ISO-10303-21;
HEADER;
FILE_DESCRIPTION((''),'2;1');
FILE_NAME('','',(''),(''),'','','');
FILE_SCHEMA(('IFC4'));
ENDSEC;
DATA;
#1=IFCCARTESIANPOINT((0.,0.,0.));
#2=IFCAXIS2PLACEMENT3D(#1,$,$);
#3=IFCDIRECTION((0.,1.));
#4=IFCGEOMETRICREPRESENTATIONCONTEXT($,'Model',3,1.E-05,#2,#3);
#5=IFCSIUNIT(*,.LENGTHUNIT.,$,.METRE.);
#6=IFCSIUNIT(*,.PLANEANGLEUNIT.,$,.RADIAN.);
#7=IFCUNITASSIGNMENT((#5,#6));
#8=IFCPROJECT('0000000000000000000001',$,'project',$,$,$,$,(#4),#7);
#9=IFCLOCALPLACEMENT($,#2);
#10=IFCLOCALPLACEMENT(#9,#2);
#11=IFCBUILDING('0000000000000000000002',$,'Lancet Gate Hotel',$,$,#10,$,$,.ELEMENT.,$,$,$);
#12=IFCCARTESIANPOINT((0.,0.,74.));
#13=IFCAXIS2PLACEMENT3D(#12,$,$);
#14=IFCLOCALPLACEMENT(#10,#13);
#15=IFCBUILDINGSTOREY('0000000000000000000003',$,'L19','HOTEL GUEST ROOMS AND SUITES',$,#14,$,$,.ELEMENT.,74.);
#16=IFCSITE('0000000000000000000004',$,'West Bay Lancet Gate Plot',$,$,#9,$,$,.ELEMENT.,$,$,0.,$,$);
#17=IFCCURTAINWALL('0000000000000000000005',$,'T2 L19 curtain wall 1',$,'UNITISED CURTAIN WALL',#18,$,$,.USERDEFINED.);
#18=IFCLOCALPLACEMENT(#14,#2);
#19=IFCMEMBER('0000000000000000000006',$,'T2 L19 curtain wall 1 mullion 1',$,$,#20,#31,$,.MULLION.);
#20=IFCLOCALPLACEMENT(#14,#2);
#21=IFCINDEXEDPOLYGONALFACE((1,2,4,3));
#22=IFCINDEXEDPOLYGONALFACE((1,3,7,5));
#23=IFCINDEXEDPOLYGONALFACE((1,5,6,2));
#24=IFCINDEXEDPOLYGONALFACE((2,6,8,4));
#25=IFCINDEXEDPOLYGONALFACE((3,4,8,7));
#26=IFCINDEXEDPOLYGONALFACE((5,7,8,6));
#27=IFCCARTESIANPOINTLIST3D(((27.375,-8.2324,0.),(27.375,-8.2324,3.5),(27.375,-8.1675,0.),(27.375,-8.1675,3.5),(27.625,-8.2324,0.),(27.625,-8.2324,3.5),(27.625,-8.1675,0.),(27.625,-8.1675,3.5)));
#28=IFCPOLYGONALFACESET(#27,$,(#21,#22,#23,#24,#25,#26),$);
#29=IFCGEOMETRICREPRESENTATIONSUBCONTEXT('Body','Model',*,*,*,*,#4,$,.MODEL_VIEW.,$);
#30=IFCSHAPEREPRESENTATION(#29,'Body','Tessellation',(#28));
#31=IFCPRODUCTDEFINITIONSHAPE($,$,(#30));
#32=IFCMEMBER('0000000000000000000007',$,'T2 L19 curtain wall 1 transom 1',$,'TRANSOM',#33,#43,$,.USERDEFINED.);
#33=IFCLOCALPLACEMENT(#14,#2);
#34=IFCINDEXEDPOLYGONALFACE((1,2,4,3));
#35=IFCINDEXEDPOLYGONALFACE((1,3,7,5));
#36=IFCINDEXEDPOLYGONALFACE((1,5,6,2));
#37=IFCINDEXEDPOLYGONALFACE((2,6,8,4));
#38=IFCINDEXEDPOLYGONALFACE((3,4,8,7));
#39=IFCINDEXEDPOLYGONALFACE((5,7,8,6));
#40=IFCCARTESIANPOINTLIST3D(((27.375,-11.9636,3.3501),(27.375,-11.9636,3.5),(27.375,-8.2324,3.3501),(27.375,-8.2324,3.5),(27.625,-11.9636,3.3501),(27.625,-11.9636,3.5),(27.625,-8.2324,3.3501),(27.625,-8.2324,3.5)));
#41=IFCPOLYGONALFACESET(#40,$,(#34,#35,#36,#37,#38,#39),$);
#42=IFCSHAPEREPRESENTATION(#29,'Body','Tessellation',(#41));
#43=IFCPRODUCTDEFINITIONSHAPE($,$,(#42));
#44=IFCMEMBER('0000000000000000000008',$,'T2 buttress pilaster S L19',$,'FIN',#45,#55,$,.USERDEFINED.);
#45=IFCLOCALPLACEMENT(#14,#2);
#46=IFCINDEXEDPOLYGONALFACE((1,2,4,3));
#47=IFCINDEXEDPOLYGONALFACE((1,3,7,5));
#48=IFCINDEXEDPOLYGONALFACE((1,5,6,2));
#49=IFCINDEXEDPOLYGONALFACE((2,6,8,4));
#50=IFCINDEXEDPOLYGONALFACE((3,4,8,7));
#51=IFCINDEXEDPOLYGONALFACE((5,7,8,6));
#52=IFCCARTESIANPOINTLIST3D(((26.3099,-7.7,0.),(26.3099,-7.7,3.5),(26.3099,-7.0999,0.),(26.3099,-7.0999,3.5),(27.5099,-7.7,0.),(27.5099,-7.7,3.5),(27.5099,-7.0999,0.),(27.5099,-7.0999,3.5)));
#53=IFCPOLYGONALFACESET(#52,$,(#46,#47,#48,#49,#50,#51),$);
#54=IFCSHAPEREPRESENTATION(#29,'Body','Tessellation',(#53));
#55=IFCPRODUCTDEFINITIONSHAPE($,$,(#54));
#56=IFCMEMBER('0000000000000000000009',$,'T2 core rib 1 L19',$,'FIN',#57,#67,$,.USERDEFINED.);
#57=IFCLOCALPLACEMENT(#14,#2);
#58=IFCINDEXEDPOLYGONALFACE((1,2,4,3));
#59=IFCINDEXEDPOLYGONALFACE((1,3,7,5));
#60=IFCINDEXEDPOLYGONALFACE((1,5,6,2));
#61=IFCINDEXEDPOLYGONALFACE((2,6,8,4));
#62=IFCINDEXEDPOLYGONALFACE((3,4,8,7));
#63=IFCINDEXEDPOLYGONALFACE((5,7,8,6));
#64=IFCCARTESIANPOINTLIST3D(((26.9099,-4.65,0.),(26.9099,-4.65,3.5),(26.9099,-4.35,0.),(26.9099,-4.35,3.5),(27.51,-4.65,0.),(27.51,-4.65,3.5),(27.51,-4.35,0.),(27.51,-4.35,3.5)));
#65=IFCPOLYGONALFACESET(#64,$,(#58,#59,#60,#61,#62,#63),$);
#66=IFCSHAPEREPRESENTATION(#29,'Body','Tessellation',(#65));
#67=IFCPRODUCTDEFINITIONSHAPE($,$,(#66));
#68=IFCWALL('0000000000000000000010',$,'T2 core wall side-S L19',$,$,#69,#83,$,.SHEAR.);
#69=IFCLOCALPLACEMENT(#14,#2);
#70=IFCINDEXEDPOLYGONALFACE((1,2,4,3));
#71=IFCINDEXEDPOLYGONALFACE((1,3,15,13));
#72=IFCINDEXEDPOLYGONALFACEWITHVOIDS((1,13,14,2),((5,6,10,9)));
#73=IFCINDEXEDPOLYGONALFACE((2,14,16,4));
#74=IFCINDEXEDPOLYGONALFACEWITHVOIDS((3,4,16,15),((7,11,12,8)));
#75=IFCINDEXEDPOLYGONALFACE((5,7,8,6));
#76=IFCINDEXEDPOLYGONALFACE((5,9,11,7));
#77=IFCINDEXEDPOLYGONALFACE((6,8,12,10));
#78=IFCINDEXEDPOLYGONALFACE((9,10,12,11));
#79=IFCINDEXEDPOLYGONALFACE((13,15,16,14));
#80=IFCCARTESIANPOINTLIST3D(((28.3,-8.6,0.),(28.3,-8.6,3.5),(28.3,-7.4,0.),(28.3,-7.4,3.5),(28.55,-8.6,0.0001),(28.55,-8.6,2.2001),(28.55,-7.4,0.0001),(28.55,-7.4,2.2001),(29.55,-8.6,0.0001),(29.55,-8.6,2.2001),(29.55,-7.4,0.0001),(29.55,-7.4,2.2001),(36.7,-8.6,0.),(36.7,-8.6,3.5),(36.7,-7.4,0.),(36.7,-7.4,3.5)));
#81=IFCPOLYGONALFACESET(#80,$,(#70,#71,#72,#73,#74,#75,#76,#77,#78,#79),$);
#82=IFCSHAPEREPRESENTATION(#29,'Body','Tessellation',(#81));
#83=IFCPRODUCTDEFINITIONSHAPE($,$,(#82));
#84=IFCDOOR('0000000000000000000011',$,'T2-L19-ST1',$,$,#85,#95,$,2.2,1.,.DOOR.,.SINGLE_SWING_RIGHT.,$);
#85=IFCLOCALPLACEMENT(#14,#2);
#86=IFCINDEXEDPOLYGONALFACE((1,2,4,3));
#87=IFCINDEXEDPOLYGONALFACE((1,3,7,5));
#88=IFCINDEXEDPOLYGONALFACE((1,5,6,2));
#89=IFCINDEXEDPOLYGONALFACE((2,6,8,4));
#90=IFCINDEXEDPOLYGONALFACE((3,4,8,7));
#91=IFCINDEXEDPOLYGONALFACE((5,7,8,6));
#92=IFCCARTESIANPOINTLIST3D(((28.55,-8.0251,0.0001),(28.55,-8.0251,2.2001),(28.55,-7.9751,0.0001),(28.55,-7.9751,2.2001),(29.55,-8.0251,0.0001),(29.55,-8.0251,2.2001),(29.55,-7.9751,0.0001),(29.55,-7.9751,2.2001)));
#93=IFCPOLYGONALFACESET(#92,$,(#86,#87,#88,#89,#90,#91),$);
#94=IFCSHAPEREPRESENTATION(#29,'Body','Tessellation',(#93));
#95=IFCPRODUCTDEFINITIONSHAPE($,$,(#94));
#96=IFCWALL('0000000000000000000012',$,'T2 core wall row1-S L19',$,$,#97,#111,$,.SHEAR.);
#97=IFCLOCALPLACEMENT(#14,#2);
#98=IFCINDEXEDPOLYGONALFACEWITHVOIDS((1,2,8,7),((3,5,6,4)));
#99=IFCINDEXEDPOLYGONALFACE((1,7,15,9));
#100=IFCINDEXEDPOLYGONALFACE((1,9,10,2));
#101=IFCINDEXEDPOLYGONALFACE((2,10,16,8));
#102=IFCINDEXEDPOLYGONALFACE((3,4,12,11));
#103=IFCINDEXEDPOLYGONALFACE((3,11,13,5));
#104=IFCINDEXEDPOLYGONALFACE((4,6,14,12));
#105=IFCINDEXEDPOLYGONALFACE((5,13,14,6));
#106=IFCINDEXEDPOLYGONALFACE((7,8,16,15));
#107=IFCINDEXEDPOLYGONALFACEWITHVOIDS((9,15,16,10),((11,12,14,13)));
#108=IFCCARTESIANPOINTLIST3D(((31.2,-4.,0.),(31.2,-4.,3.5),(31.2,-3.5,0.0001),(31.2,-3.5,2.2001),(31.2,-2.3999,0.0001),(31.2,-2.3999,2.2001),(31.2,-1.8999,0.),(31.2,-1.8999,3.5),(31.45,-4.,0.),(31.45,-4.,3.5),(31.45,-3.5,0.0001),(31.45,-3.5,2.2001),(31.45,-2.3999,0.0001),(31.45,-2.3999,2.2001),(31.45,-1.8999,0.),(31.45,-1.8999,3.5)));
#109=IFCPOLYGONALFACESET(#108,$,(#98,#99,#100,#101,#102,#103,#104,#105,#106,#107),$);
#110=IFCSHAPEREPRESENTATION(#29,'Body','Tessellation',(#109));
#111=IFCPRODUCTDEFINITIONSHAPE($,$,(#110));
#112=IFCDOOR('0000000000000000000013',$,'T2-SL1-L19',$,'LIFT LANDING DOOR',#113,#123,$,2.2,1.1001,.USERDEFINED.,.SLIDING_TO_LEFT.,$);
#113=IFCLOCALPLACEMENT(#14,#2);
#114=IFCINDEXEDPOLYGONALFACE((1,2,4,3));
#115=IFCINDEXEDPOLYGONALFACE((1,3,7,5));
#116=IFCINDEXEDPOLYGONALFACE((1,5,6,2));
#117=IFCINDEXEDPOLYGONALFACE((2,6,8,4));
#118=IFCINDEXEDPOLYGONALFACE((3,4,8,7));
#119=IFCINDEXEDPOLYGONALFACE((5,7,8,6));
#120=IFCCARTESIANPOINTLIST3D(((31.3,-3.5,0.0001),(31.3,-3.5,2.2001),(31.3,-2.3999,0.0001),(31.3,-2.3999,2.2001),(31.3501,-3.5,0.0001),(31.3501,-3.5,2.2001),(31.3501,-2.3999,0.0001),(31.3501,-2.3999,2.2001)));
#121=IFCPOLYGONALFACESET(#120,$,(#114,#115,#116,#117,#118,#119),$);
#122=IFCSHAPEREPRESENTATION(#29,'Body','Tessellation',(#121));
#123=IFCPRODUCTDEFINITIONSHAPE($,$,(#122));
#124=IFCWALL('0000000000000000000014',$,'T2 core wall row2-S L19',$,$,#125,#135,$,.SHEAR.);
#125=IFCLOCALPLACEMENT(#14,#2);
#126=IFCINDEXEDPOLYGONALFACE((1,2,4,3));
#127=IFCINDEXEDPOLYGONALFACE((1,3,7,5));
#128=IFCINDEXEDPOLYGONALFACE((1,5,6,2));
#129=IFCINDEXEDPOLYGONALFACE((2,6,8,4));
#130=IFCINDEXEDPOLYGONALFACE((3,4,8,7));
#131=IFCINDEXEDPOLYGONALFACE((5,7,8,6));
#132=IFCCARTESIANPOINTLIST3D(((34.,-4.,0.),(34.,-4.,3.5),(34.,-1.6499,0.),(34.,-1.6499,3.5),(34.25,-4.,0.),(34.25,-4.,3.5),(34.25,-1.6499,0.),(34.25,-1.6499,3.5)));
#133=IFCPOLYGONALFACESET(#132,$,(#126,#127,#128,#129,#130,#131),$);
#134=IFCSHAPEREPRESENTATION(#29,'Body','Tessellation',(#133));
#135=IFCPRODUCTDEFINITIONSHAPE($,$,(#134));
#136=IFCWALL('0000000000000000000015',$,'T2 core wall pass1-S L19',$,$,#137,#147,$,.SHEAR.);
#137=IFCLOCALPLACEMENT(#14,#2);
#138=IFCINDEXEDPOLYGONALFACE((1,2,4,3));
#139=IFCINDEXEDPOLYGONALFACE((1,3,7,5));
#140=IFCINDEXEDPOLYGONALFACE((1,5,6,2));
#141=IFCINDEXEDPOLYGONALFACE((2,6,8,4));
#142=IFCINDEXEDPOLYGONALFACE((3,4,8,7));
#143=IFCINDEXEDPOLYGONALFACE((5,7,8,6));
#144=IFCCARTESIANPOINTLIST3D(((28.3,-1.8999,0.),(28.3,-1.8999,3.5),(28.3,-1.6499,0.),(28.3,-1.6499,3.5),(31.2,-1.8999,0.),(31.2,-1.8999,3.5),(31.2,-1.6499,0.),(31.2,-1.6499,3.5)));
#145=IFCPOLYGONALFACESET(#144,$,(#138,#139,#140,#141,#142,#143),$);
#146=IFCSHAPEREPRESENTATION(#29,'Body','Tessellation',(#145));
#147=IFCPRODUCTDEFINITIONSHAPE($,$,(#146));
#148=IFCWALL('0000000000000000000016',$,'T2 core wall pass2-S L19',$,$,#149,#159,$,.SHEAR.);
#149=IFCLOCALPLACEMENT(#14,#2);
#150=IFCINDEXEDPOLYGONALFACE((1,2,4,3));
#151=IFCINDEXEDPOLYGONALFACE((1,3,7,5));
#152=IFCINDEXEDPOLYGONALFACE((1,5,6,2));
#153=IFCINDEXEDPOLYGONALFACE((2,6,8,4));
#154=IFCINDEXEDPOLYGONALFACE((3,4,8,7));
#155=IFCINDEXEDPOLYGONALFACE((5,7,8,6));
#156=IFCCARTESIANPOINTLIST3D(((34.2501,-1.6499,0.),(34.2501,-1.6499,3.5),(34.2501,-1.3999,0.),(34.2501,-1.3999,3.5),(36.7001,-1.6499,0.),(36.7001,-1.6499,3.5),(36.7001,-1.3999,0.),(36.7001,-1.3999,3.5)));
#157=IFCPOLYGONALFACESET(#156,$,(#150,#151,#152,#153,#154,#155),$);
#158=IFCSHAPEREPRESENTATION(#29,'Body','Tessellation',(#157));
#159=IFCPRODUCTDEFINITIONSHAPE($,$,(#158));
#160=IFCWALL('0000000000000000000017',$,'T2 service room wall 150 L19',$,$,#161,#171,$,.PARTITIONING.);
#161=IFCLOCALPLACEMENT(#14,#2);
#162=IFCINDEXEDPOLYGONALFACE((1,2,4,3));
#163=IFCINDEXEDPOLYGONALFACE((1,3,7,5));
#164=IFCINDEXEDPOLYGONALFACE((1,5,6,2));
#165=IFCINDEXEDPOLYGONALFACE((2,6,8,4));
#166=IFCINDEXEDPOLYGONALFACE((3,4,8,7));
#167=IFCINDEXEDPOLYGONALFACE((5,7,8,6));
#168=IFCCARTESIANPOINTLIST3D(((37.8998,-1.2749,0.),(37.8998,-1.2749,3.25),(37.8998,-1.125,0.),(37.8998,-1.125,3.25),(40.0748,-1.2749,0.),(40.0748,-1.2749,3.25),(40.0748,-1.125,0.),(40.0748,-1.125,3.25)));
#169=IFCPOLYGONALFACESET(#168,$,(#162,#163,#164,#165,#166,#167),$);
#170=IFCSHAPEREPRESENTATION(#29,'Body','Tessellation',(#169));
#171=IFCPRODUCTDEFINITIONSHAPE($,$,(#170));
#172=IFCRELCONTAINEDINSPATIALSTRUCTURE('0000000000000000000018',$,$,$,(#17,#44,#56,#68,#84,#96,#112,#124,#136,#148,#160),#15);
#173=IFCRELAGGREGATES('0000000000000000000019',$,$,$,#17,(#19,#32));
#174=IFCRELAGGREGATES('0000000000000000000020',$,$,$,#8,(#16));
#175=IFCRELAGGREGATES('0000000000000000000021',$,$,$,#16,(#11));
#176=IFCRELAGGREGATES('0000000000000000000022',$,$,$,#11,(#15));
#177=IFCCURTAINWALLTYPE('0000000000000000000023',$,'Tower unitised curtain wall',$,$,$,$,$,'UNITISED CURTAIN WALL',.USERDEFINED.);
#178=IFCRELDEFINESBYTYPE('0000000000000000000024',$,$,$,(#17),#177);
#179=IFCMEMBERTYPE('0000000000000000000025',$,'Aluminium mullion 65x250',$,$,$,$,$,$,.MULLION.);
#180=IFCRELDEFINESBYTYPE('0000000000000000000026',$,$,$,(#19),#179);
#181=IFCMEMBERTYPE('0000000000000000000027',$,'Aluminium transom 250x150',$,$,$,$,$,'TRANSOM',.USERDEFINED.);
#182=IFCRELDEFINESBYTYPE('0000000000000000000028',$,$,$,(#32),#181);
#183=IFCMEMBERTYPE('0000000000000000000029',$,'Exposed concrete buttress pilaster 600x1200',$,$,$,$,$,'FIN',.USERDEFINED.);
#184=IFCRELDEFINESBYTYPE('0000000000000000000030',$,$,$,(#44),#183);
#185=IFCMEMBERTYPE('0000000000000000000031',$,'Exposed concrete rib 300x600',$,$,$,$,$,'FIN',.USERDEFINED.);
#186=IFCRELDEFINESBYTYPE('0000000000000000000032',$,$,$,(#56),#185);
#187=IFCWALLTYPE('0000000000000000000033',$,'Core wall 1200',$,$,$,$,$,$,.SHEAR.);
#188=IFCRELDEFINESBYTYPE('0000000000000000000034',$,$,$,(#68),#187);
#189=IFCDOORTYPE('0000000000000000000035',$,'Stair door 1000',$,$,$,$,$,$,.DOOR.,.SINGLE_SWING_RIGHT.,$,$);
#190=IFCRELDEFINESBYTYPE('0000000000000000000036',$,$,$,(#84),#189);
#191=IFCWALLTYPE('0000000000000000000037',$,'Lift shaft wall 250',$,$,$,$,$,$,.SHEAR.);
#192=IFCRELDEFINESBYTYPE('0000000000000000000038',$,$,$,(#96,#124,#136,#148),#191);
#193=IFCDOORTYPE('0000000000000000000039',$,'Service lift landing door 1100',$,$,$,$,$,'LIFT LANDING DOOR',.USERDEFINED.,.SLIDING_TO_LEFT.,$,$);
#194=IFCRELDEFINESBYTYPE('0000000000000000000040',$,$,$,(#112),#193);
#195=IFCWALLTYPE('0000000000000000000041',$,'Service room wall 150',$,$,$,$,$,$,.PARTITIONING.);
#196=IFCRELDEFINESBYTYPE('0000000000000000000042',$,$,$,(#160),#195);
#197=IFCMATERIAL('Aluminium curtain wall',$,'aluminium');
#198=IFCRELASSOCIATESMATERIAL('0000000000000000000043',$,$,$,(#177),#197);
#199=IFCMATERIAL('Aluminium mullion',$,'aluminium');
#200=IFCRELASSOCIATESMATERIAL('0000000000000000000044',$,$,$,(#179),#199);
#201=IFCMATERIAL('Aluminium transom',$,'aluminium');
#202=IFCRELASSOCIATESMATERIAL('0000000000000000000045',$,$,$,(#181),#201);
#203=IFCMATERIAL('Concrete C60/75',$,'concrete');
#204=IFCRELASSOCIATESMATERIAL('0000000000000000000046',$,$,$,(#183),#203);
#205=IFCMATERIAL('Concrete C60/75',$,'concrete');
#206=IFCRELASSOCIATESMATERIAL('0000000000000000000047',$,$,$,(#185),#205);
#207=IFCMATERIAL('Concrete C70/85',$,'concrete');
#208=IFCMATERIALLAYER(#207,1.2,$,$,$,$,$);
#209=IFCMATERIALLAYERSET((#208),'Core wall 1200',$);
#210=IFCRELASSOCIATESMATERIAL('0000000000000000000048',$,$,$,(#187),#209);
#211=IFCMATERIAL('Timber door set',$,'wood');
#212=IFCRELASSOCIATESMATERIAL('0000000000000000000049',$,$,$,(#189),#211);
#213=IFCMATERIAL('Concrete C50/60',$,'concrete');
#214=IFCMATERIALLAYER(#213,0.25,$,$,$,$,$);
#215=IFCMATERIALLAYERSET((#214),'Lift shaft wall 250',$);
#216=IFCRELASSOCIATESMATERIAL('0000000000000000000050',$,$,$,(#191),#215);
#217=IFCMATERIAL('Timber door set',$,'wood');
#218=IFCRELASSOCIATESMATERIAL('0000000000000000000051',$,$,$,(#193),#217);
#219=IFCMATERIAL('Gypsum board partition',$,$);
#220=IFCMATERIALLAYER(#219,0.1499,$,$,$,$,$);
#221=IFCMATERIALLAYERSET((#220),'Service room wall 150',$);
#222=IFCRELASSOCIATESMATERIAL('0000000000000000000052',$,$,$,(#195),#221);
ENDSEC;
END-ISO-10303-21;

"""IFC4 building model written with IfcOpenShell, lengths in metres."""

from ifc_helpers import new_model, si_unit, direction, frame, frame_2d, origin, origin_2d, place, context, subcontext, project, spatial, rectangle, extrude, material, layer, layer_set, material_profile, profile_set, type_object, element, fill, aggregate, save


model = new_model("IFC4")

# Units and contexts
model_context = context("Model", 3, precision=1e-05, world=origin(), true_north=direction((0.0, 1.0)))
body_context = subcontext(model_context, "Body", "Model", "MODEL_VIEW")
ifc_project = project(units=[si_unit("LENGTHUNIT", "METRE"), si_unit("PLANEANGLEUNIT", "RADIAN")], contexts=[model_context])

# Site, building, storey
site_placement = place(None, origin())
site = spatial("IfcSite", under=ifc_project, at=site_placement, Name="West Bay Lancet Gate Plot", CompositionType="ELEMENT", RefElevation=0.0)
building_placement = place(site_placement, origin())
building = spatial("IfcBuilding", under=site, at=building_placement, Name="Lancet Gate Hotel", CompositionType="ELEMENT")
storey_placement = place(building_placement, frame((0.0, 0.0, 74.0)))
storey = spatial("IfcBuildingStorey", under=building, at=storey_placement, Name="L19", Description="HOTEL GUEST ROOMS AND SUITES", CompositionType="ELEMENT", Elevation=74.0)

# Curtain wall, members
ifc_material_1 = material(Name="Aluminium curtain wall", Category="aluminium")
curtain_wall_type = type_object("IfcCurtainWallType", Name="Tower unitised curtain wall", ElementType="UNITISED CURTAIN WALL", PredefinedType="USERDEFINED", material=ifc_material_1)
curtain_wall_placement = place(storey_placement, origin())
curtain_wall = element("IfcCurtainWall", 1, at=curtain_wall_placement, inside=storey, type_object=curtain_wall_type, Name="T2 L19 curtain wall 1", ObjectType="UNITISED CURTAIN WALL", PredefinedType="USERDEFINED")
ifc_material_2 = material(Name="Aluminium mullion", Category="aluminium")
ifc_material_profile_1 = material_profile(ifc_material_2, rectangle(XDim=0.0649, YDim=0.25, at=origin_2d()), Name="MULLION 65x250")
ifc_profile_set_1 = profile_set([ifc_material_profile_1], Name="Aluminium mullion")
member_type_1 = type_object("IfcMemberType", Name="Aluminium mullion 65x250", PredefinedType="MULLION", material=ifc_profile_set_1)
member_1_placement = place(storey_placement, frame((27.5, -8.2, 0.0), z_axis=(0.0, 0.0, 1.0), x_axis=(0.0, -1.0, 0.0)))
member_1 = element("IfcMember", 2, at=member_1_placement, type_object=member_type_1, Name="T2 L19 curtain wall 1 mullion 1", PredefinedType="MULLION", context=body_context, shape_type="SweptSolid", body=[
    extrude(rectangle(XDim=0.0649, YDim=0.25, at=origin_2d()), origin(), (0.0, 0.0, 1.0), 3.5),
])
ifc_material_3 = material(Name="Aluminium transom", Category="aluminium")
ifc_material_profile_2 = material_profile(ifc_material_3, rectangle(XDim=0.25, YDim=0.1499, at=origin_2d()), Name="TRANSOM 250x150")
ifc_profile_set_2 = profile_set([ifc_material_profile_2], Name="Aluminium transom")
member_type_2 = type_object("IfcMemberType", Name="Aluminium transom 250x150", ElementType="TRANSOM", PredefinedType="USERDEFINED", material=ifc_profile_set_2)
member_2_placement = place(storey_placement, frame((27.5, -8.2324, 3.425), z_axis=(0.0, -1.0, 0.0), x_axis=(1.0, 0.0, 0.0)))
member_2 = element("IfcMember", 3, at=member_2_placement, type_object=member_type_2, Name="T2 L19 curtain wall 1 transom 1", ObjectType="TRANSOM", PredefinedType="USERDEFINED", context=body_context, shape_type="SweptSolid", body=[
    extrude(rectangle(XDim=0.25, YDim=0.1499, at=origin_2d()), origin(), (0.0, 0.0, 1.0), 3.7312),
])
aggregate(curtain_wall, [member_1, member_2])

# Members
ifc_material_4 = material(Name="Concrete C60/75", Category="concrete")
ifc_material_profile_3 = material_profile(ifc_material_4, rectangle(XDim=0.6001, YDim=1.2, at=origin_2d()), Name="FIN 600x1200")
ifc_profile_set_3 = profile_set([ifc_material_profile_3], Name="Concrete C60/75")
member_type_3 = type_object("IfcMemberType", Name="Exposed concrete buttress pilaster 600x1200", ElementType="FIN", PredefinedType="USERDEFINED", material=ifc_profile_set_3)
member_3_placement = place(storey_placement, frame((26.9099, -7.3999, 0.0), z_axis=(0.0, 0.0, 1.0), x_axis=(0.0, 1.0, 0.0)))
element("IfcMember", 4, at=member_3_placement, inside=storey, type_object=member_type_3, Name="T2 buttress pilaster S L19", ObjectType="FIN", PredefinedType="USERDEFINED", context=body_context, shape_type="SweptSolid", body=[
    extrude(rectangle(XDim=0.6001, YDim=1.2, at=origin_2d()), origin(), (0.0, 0.0, 1.0), 3.5),
])
ifc_material_5 = material(Name="Concrete C60/75", Category="concrete")
ifc_material_profile_4 = material_profile(ifc_material_5, rectangle(XDim=0.3, YDim=0.6001, at=origin_2d()), Name="FIN 300x600")
ifc_profile_set_4 = profile_set([ifc_material_profile_4], Name="Concrete C60/75")
member_type_4 = type_object("IfcMemberType", Name="Exposed concrete rib 300x600", ElementType="FIN", PredefinedType="USERDEFINED", material=ifc_profile_set_4)
member_4_placement = place(storey_placement, frame((27.21, -4.5, 0.0), z_axis=(0.0, 0.0, 1.0), x_axis=(0.0, 1.0, 0.0)))
element("IfcMember", 5, at=member_4_placement, inside=storey, type_object=member_type_4, Name="T2 core rib 1 L19", ObjectType="FIN", PredefinedType="USERDEFINED", context=body_context, shape_type="SweptSolid", body=[
    extrude(rectangle(XDim=0.3, YDim=0.6001, at=origin_2d()), origin(), (0.0, 0.0, 1.0), 3.5),
])

# Walls, openings, doors
ifc_material_6 = material(Name="Concrete C70/85", Category="concrete")
ifc_layer_1 = layer(ifc_material_6, 1.2)
ifc_layer_set_1 = layer_set([ifc_layer_1], Name="Core wall 1200")
wall_type_1 = type_object("IfcWallType", Name="Core wall 1200", PredefinedType="SHEAR", material=ifc_layer_set_1)
wall_1_placement = place(storey_placement, frame((28.3, -8.0, 0.0), z_axis=(0.0, 0.0, 1.0), x_axis=(1.0, 0.0, 0.0)))
wall_1 = element("IfcWall", 6, at=wall_1_placement, inside=storey, type_object=wall_type_1, Name="T2 core wall side-S L19", PredefinedType="SHEAR", context=body_context, shape_type="SweptSolid", body=[
    extrude(rectangle(XDim=8.3999, YDim=1.2, at=frame_2d((4.2, 0.0))), origin(), (0.0, 0.0, 1.0), 3.5),
])
opening_1_placement = place(wall_1_placement, frame((0.25, 0.0, 0.0)))
opening_1 = element("IfcOpeningElement", 7, at=opening_1_placement, cuts=wall_1, PredefinedType="OPENING", context=body_context, shape_type="SweptSolid", body=[
    extrude(rectangle(XDim=1.0, YDim=2.2, at=frame_2d((0.5, 1.1001))), frame((0.0, 0.6099, 0.0), z_axis=(0.0, -1.0, 0.0), x_axis=(1.0, 0.0, 0.0)), (0.0, 0.0, 1.0), 1.22),
])
ifc_material_7 = material(Name="Timber door set", Category="wood")
door_type_1 = type_object("IfcDoorType", Name="Stair door 1000", OperationType="SINGLE_SWING_RIGHT", PredefinedType="DOOR", material=ifc_material_7)
door_1_placement = place(opening_1_placement, origin())
door_1 = element("IfcDoor", 8, at=door_1_placement, inside=storey, type_object=door_type_1, Name="T2-L19-ST1", OperationType="SINGLE_SWING_RIGHT", OverallHeight=2.2, OverallWidth=1.0, PredefinedType="DOOR", context=body_context, shape_type="SweptSolid", body=[
    extrude(rectangle(XDim=1.0, YDim=2.2, at=frame_2d((0.5, 1.1001))), frame((0.0, 0.0249, 0.0), z_axis=(0.0, -1.0, 0.0), x_axis=(1.0, 0.0, 0.0)), (0.0, 0.0, 1.0), 0.05),
])
fill(opening_1, door_1)
ifc_material_8 = material(Name="Concrete C50/60", Category="concrete")
ifc_layer_2 = layer(ifc_material_8, 0.25)
ifc_layer_set_2 = layer_set([ifc_layer_2], Name="Lift shaft wall 250")
wall_type_2 = type_object("IfcWallType", Name="Lift shaft wall 250", PredefinedType="SHEAR", material=ifc_layer_set_2)
wall_2_placement = place(storey_placement, frame((31.325, -4.0, 0.0), z_axis=(0.0, 0.0, 1.0), x_axis=(0.0, 1.0, 0.0)))
wall_2 = element("IfcWall", 9, at=wall_2_placement, inside=storey, type_object=wall_type_2, Name="T2 core wall row1-S L19", PredefinedType="SHEAR", context=body_context, shape_type="SweptSolid", body=[
    extrude(rectangle(XDim=2.1001, YDim=0.25, at=frame_2d((1.05, 0.0))), origin(), (0.0, 0.0, 1.0), 3.5),
])
opening_2_placement = place(wall_2_placement, frame((0.5, 0.0, 0.0)))
opening_2 = element("IfcOpeningElement", 10, at=opening_2_placement, cuts=wall_2, PredefinedType="OPENING", context=body_context, shape_type="SweptSolid", body=[
    extrude(rectangle(XDim=1.1001, YDim=2.2, at=frame_2d((0.55, 1.1001))), frame((0.0, 0.135, 0.0), z_axis=(0.0, -1.0, 0.0), x_axis=(1.0, 0.0, 0.0)), (0.0, 0.0, 1.0), 0.27),
])
ifc_material_9 = material(Name="Timber door set", Category="wood")
door_type_2 = type_object("IfcDoorType", Name="Service lift landing door 1100", ElementType="LIFT LANDING DOOR", OperationType="SLIDING_TO_LEFT", PredefinedType="USERDEFINED", material=ifc_material_9)
door_2_placement = place(opening_2_placement, origin())
door_2 = element("IfcDoor", 11, at=door_2_placement, inside=storey, type_object=door_type_2, Name="T2-SL1-L19", ObjectType="LIFT LANDING DOOR", OperationType="SLIDING_TO_LEFT", OverallHeight=2.2, OverallWidth=1.1001, PredefinedType="USERDEFINED", context=body_context, shape_type="SweptSolid", body=[
    extrude(rectangle(XDim=1.1001, YDim=2.2, at=frame_2d((0.55, 1.1001))), frame((0.0, 0.0249, 0.0), z_axis=(0.0, -1.0, 0.0), x_axis=(1.0, 0.0, 0.0)), (0.0, 0.0, 1.0), 0.05),
])
fill(opening_2, door_2)

# Walls
wall_3_placement = place(storey_placement, frame((34.125, -4.0, 0.0), z_axis=(0.0, 0.0, 1.0), x_axis=(0.0, 1.0, 0.0)))
element("IfcWall", 12, at=wall_3_placement, inside=storey, type_object=wall_type_2, Name="T2 core wall row2-S L19", PredefinedType="SHEAR", context=body_context, shape_type="SweptSolid", body=[
    extrude(rectangle(XDim=2.3501, YDim=0.25, at=frame_2d((1.175, 0.0))), origin(), (0.0, 0.0, 1.0), 3.5),
])
wall_4_placement = place(storey_placement, frame((28.3, -1.7749, 0.0), z_axis=(0.0, 0.0, 1.0), x_axis=(1.0, 0.0, 0.0)))
element("IfcWall", 13, at=wall_4_placement, inside=storey, type_object=wall_type_2, Name="T2 core wall pass1-S L19", PredefinedType="SHEAR", context=body_context, shape_type="SweptSolid", body=[
    extrude(rectangle(XDim=2.8999, YDim=0.25, at=frame_2d((1.45, 0.0))), origin(), (0.0, 0.0, 1.0), 3.5),
])
wall_5_placement = place(storey_placement, frame((34.25, -1.5249, 0.0), z_axis=(0.0, 0.0, 1.0), x_axis=(1.0, 0.0, 0.0)))
element("IfcWall", 14, at=wall_5_placement, inside=storey, type_object=wall_type_2, Name="T2 core wall pass2-S L19", PredefinedType="SHEAR", context=body_context, shape_type="SweptSolid", body=[
    extrude(rectangle(XDim=2.45, YDim=0.25, at=frame_2d((1.2251, 0.0))), origin(), (0.0, 0.0, 1.0), 3.5),
])
ifc_material_10 = material(Name="Gypsum board partition")
ifc_layer_3 = layer(ifc_material_10, 0.1499)
ifc_layer_set_3 = layer_set([ifc_layer_3], Name="Service room wall 150")
wall_type_3 = type_object("IfcWallType", Name="Service room wall 150", PredefinedType="PARTITIONING", material=ifc_layer_set_3)
for number, where, z_axis, x_axis, name in (
    (15, (37.8999, -1.2, 0.0), (0.0, 0.0, 1.0), (1.0, 0.0, 0.0), "T2 service room wall 150 L19"),
):
    element("IfcWall", number, at=place(storey_placement, frame(where, z_axis=z_axis, x_axis=x_axis)), inside=storey, type_object=wall_type_3, Name=name, PredefinedType="PARTITIONING", context=body_context, shape_type="SweptSolid", body=[
        extrude(rectangle(XDim=2.175, YDim=0.1499, at=frame_2d((1.0874, 0.0))), origin(), (0.0, 0.0, 1.0), 3.25),
    ])

save(model, "model.ifc")
